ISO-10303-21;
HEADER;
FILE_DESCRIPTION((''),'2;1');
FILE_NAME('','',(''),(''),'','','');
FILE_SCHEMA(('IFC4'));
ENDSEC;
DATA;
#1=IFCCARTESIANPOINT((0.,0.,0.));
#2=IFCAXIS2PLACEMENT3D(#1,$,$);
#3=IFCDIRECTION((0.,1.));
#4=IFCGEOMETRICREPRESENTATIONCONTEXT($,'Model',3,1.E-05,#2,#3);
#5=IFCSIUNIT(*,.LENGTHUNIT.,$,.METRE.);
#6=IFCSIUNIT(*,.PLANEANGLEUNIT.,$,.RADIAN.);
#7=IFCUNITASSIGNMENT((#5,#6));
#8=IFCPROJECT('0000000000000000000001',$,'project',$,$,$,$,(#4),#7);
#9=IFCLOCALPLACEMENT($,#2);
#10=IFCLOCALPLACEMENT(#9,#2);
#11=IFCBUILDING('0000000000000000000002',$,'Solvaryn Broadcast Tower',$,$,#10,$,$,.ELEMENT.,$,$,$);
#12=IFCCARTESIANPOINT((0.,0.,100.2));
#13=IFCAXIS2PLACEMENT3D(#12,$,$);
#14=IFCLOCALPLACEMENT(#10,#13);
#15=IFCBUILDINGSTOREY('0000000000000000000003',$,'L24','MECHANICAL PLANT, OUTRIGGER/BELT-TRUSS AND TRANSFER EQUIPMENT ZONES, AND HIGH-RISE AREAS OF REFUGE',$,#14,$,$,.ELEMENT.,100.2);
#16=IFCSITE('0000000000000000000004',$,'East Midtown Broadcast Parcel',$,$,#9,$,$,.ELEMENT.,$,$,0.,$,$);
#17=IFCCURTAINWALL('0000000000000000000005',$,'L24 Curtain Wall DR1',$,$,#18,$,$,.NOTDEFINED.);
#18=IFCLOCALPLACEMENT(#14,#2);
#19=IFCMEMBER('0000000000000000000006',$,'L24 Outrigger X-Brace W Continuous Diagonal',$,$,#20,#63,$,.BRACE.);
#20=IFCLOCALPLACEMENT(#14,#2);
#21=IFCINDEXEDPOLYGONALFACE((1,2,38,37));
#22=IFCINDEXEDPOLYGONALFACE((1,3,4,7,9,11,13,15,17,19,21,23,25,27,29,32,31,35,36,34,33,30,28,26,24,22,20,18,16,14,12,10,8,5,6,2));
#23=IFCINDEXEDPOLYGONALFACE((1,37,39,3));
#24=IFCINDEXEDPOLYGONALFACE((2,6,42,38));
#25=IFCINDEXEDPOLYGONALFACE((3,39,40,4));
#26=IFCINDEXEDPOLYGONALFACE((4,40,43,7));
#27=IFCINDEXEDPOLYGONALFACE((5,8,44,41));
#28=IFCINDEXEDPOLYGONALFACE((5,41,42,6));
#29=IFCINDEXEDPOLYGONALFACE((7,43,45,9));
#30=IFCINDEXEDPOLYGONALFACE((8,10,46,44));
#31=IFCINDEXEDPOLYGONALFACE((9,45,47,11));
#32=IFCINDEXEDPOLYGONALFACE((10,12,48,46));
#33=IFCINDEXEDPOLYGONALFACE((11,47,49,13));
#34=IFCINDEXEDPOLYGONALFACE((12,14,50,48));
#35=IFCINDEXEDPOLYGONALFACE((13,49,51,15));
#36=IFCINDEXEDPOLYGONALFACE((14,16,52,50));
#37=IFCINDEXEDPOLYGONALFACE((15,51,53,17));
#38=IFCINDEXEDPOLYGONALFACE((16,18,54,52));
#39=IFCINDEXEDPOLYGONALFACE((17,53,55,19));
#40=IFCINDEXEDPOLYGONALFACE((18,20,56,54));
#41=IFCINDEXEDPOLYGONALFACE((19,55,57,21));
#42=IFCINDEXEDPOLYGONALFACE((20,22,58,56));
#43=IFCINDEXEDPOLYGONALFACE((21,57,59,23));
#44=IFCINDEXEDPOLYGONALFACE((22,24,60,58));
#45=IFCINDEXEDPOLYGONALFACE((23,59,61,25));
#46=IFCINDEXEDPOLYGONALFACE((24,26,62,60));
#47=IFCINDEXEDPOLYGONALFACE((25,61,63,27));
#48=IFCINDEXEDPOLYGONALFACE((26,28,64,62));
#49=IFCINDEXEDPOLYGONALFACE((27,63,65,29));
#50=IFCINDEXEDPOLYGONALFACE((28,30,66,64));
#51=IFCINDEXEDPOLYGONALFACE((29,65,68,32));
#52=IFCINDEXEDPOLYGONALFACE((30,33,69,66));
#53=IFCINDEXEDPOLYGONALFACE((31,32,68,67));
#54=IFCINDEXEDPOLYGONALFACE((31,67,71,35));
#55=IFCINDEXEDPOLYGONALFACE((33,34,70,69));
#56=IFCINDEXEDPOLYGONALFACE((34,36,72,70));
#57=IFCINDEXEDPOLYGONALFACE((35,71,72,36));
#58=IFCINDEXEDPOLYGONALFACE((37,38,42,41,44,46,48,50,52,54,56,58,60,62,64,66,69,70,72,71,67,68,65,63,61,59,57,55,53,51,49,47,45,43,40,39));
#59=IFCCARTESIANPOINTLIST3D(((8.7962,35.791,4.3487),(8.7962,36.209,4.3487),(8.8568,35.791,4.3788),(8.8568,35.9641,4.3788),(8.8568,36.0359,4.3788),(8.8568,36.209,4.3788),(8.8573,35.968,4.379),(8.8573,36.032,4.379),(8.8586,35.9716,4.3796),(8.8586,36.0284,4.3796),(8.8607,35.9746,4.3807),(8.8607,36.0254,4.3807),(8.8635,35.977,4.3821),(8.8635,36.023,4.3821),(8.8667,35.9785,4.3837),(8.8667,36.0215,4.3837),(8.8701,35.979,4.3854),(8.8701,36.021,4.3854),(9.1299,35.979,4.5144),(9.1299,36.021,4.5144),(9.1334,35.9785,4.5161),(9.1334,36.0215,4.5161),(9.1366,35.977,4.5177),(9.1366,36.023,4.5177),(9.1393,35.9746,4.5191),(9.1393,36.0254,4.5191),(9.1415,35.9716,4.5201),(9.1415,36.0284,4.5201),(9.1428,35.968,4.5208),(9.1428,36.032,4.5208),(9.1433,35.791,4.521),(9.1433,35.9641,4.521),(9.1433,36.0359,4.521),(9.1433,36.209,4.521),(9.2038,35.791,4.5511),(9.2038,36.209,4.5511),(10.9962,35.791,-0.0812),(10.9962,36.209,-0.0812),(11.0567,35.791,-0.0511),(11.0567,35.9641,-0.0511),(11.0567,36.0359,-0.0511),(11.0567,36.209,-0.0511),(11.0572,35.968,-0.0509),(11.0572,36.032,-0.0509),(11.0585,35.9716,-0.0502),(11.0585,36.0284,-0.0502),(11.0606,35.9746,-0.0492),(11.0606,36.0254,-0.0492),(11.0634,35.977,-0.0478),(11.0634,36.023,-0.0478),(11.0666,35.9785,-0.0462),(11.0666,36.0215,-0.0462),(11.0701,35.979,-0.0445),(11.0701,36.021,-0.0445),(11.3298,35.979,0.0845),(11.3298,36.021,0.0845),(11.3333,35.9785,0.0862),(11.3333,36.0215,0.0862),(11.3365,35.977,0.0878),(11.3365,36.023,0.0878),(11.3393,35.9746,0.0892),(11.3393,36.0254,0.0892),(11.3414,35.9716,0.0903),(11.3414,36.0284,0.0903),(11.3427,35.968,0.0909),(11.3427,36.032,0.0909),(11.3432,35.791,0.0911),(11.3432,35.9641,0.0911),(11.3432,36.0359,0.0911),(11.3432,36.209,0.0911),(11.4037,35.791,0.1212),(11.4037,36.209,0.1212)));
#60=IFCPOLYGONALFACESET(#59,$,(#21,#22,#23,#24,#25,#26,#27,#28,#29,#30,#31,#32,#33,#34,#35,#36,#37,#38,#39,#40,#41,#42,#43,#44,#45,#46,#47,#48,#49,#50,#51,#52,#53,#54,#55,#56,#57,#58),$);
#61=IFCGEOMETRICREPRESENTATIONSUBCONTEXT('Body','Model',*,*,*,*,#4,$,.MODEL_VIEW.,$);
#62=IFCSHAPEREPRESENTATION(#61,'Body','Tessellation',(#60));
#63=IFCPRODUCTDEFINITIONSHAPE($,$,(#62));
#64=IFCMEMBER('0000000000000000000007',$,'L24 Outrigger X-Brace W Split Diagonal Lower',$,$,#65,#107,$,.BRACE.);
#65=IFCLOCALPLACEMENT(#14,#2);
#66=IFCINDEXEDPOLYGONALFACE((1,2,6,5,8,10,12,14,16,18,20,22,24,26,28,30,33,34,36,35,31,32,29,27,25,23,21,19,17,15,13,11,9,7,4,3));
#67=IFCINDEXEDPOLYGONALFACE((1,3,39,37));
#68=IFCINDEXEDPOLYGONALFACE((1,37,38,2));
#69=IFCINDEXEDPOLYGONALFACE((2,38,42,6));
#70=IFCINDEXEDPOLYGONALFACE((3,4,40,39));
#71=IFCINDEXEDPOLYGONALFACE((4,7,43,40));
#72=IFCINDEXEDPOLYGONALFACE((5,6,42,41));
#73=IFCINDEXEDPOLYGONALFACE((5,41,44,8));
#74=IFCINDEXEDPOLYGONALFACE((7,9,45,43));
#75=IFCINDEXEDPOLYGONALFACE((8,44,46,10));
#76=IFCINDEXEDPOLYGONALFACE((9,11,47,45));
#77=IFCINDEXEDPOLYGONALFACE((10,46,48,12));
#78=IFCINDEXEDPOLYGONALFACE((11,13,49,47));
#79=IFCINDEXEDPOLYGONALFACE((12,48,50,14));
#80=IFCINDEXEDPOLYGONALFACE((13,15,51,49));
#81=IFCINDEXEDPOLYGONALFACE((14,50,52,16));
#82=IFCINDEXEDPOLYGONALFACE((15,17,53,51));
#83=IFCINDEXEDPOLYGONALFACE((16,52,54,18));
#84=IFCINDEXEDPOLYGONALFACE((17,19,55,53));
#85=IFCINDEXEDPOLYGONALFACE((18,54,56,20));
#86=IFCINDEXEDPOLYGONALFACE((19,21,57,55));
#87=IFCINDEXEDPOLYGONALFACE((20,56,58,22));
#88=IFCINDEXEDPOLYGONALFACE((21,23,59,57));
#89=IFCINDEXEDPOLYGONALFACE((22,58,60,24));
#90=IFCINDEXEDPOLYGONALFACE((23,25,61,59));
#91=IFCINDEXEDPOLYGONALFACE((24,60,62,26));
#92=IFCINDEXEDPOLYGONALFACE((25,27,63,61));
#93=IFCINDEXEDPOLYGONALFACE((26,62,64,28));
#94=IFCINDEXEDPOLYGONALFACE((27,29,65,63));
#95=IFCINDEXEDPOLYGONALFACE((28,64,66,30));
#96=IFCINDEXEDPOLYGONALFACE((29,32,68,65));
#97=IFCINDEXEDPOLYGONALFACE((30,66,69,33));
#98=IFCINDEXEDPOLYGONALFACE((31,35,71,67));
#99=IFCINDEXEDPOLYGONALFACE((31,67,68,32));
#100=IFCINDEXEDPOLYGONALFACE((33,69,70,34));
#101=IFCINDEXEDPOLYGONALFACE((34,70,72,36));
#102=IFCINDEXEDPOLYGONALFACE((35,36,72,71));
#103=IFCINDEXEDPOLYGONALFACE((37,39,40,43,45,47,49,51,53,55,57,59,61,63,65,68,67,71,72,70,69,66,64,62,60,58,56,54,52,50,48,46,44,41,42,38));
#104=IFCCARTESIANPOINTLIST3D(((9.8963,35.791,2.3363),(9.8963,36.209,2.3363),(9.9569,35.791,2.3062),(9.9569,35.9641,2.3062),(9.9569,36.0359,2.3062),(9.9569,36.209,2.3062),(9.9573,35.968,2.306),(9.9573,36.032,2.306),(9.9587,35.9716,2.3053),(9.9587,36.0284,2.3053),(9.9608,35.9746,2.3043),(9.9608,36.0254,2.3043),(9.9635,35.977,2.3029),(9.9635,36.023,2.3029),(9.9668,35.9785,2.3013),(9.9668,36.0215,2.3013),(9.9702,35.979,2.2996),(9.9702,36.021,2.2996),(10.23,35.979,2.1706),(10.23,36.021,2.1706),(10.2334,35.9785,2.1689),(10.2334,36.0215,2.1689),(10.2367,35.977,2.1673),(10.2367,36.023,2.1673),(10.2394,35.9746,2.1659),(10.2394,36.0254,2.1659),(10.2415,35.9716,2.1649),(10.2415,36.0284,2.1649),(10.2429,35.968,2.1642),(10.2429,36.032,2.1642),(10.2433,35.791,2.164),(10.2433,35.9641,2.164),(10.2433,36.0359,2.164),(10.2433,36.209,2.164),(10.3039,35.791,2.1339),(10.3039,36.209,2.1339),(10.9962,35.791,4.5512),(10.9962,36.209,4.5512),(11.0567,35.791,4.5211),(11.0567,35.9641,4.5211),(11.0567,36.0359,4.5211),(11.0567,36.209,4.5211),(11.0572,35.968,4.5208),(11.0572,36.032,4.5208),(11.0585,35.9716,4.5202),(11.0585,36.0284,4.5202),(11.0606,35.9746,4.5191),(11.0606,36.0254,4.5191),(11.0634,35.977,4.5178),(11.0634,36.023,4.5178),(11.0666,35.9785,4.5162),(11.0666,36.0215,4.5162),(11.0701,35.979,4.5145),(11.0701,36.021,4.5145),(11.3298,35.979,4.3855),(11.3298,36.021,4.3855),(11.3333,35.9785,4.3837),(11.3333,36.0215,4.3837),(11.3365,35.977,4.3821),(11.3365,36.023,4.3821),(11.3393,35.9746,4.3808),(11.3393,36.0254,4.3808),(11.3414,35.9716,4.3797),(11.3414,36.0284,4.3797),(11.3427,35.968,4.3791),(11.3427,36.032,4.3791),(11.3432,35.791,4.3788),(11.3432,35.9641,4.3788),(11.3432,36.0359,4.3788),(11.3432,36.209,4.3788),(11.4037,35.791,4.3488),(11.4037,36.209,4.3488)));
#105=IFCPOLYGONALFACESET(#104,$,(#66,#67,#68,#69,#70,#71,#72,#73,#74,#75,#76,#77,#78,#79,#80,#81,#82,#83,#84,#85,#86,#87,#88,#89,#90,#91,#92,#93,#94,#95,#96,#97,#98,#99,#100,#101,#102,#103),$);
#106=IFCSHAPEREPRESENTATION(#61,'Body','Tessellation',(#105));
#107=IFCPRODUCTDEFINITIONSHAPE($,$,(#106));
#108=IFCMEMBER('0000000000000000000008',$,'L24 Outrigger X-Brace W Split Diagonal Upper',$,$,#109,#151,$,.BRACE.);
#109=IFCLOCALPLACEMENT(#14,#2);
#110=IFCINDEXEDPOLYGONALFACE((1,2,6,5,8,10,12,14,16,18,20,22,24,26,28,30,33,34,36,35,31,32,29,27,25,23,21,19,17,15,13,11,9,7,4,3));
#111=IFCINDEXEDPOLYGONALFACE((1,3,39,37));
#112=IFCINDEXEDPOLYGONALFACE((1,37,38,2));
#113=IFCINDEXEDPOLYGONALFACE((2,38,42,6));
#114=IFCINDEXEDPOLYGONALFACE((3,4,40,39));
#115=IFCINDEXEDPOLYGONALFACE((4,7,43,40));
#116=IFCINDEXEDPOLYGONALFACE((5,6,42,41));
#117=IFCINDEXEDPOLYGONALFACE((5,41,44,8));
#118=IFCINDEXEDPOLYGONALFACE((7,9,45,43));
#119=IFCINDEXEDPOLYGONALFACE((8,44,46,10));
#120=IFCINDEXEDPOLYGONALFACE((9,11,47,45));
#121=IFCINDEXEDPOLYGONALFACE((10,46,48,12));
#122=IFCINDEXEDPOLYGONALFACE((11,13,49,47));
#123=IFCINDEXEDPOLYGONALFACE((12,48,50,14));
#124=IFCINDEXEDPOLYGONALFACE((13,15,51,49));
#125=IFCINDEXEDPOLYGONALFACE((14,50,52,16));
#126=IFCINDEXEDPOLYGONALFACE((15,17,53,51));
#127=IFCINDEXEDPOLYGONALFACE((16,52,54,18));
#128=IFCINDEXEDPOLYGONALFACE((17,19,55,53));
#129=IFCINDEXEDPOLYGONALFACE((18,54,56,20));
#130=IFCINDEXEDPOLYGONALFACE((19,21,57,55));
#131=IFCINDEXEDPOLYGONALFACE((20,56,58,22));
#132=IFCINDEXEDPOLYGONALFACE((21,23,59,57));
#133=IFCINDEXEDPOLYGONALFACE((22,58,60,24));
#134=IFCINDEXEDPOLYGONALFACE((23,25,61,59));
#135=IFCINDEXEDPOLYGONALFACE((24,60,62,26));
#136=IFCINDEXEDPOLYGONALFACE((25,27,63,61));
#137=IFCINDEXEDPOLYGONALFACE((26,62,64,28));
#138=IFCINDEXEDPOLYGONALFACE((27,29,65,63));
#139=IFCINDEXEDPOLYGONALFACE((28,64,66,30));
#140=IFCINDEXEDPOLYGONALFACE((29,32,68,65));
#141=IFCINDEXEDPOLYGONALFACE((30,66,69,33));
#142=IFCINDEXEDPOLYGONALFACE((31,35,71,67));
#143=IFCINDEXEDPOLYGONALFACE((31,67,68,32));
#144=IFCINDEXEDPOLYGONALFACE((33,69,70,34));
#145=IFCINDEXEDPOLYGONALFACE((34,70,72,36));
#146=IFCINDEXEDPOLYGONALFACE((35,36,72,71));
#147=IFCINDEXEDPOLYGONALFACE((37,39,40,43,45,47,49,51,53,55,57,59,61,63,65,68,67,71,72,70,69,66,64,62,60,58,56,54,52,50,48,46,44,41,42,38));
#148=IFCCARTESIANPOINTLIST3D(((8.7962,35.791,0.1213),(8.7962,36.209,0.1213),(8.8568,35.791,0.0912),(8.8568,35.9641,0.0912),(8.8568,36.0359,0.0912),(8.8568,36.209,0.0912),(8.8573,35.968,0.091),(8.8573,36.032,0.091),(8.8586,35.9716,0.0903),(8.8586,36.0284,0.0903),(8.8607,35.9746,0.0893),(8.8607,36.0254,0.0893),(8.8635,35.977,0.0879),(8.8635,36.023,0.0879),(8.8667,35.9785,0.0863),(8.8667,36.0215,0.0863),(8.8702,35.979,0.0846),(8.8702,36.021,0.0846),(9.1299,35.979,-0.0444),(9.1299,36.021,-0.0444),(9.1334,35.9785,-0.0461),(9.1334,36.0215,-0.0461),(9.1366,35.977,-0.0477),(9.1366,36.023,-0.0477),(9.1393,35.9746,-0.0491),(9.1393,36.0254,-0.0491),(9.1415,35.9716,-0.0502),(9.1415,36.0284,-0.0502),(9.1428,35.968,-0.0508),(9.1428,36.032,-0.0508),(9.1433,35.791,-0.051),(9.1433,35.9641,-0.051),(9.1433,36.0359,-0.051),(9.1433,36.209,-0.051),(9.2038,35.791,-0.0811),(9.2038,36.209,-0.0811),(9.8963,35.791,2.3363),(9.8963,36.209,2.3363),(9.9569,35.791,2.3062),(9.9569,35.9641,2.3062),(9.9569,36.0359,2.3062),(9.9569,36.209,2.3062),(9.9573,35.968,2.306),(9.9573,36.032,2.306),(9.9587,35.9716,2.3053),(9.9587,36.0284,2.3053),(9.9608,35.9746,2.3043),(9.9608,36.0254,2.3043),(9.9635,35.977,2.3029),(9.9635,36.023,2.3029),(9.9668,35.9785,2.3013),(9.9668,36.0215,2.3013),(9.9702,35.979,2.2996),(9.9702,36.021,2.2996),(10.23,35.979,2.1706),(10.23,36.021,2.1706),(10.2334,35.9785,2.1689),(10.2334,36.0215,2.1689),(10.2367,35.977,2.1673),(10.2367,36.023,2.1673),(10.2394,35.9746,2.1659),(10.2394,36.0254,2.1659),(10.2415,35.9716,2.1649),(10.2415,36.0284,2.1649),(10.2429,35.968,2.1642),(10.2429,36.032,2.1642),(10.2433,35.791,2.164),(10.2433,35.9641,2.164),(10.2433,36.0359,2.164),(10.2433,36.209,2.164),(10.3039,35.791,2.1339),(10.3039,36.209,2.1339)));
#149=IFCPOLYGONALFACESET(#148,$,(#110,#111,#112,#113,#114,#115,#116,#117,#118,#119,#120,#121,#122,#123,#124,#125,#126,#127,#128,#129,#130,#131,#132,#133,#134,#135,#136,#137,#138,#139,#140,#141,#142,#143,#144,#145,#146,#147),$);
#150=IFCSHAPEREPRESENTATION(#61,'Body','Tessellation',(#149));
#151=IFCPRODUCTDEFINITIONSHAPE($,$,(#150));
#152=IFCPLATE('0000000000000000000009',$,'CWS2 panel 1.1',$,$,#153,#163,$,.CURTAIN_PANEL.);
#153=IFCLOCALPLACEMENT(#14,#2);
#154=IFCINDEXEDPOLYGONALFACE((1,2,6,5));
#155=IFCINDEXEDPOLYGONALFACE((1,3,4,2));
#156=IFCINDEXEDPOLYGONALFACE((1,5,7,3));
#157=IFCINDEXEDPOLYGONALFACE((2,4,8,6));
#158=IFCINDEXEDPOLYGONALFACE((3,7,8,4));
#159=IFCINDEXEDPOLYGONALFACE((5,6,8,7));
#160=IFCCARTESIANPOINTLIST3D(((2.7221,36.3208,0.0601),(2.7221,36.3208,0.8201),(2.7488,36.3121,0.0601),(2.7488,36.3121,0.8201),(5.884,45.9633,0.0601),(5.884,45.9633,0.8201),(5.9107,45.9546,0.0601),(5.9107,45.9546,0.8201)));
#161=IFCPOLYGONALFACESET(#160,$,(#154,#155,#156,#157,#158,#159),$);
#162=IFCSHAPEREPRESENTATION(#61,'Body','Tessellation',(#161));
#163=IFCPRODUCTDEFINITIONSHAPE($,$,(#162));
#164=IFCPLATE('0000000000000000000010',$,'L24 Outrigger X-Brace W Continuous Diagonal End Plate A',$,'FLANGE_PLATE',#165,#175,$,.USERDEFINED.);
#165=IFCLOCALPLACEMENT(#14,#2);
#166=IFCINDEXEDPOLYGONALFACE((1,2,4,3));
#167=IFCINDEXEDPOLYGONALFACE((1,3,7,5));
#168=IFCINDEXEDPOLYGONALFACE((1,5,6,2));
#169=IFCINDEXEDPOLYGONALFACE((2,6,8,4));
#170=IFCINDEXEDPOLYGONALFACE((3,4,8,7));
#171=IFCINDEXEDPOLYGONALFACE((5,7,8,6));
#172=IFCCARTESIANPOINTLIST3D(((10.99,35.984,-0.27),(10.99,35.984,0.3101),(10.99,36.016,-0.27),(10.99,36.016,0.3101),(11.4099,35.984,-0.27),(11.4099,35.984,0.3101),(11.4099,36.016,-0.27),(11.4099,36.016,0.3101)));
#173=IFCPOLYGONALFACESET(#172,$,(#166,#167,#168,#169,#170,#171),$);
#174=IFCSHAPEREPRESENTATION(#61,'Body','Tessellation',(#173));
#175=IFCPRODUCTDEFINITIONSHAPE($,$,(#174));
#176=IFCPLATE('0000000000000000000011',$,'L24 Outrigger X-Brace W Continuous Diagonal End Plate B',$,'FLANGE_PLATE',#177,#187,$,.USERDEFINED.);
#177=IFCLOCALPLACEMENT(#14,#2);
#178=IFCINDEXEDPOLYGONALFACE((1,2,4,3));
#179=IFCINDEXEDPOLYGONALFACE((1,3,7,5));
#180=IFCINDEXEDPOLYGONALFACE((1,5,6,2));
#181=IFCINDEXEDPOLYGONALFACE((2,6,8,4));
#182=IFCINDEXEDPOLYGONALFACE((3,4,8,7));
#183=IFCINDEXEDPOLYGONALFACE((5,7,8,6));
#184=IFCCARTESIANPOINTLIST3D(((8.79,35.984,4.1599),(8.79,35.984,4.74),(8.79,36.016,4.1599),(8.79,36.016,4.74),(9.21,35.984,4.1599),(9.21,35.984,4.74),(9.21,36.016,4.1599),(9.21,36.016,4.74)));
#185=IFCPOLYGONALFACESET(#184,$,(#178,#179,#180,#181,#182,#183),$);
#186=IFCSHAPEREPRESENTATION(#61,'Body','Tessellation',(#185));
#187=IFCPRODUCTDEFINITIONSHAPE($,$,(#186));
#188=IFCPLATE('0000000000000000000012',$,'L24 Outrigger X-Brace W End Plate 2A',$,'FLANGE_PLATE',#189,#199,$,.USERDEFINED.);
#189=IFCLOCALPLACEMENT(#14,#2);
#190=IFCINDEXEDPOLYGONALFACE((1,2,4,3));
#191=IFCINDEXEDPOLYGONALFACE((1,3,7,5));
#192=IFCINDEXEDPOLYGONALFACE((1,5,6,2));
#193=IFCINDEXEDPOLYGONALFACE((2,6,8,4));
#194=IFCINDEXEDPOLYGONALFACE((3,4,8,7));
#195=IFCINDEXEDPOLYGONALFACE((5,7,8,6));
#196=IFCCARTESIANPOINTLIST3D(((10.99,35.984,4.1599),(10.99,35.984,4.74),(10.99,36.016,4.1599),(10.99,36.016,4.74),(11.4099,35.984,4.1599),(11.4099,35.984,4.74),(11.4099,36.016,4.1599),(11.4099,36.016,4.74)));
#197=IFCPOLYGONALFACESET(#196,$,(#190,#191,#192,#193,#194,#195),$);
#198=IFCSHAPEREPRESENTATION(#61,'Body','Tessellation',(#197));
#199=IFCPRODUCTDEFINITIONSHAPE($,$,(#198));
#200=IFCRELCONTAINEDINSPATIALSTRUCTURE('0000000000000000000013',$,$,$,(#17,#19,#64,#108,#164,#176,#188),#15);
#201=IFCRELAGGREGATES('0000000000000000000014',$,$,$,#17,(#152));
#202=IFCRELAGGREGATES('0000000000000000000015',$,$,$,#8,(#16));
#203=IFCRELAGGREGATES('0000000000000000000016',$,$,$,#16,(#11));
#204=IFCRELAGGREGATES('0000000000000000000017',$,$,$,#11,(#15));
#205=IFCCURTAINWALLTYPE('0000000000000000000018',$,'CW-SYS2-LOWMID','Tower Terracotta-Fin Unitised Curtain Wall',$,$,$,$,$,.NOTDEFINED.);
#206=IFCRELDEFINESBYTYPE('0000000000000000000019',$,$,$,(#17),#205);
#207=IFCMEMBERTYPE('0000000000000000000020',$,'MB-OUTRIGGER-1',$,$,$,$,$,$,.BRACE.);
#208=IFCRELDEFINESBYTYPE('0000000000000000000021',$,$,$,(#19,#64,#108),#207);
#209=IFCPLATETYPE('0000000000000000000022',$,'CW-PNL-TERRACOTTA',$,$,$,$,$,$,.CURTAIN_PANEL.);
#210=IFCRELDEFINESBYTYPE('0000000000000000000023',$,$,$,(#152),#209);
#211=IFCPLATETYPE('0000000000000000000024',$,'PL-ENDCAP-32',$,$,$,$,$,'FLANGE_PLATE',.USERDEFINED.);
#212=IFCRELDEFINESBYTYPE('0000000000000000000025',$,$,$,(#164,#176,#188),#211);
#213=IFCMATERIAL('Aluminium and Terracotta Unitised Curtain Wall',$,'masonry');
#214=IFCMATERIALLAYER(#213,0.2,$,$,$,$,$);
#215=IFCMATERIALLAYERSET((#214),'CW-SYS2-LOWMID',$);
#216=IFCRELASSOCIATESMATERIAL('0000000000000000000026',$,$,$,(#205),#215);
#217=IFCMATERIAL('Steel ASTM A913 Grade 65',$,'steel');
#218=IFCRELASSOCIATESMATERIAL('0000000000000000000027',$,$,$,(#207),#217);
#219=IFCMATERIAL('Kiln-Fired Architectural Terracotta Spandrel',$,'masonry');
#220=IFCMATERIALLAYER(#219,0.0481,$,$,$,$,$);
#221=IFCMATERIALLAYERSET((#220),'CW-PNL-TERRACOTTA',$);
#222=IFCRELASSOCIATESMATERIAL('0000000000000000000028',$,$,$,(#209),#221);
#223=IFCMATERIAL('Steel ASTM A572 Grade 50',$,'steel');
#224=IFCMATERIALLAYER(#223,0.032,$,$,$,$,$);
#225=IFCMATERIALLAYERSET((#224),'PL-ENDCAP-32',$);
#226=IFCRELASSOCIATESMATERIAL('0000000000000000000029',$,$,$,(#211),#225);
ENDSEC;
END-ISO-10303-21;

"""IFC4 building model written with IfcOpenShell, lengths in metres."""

from ifc_helpers import new_model, si_unit, direction, frame, origin, origin_2d, place, context, subcontext, project, spatial, rectangle, i_section, extrude, material, layer, layer_set, material_profile, profile_set, type_object, element, aggregate, save


model = new_model("IFC4")

# Units and contexts
model_context = context("Model", 3, precision=1e-05, world=origin(), true_north=direction((0.0, 1.0)))
body_context = subcontext(model_context, "Body", "Model", "MODEL_VIEW")
ifc_project = project(units=[si_unit("LENGTHUNIT", "METRE"), si_unit("PLANEANGLEUNIT", "RADIAN")], contexts=[model_context])

# Site, building, storey
site_placement = place(None, origin())
site = spatial("IfcSite", under=ifc_project, at=site_placement, Name="East Midtown Broadcast Parcel", CompositionType="ELEMENT", RefElevation=0.0)
building_placement = place(site_placement, origin())
building = spatial("IfcBuilding", under=site, at=building_placement, Name="Solvaryn Broadcast Tower", CompositionType="ELEMENT")
storey_placement = place(building_placement, frame((0.0, 0.0, 100.2)))
storey = spatial("IfcBuildingStorey", under=building, at=storey_placement, Name="L24", Description="MECHANICAL PLANT, OUTRIGGER/BELT-TRUSS AND TRANSFER EQUIPMENT ZONES, AND HIGH-RISE AREAS OF REFUGE", CompositionType="ELEMENT", Elevation=100.2)

# Curtain wall
ifc_material_1 = material(Name="Aluminium and Terracotta Unitised Curtain Wall", Category="masonry")
ifc_layer_1 = layer(ifc_material_1, 0.2)
ifc_layer_set_1 = layer_set([ifc_layer_1], Name="CW-SYS2-LOWMID")
curtain_wall_type = type_object("IfcCurtainWallType", Name="CW-SYS2-LOWMID", Description="Tower Terracotta-Fin Unitised Curtain Wall", PredefinedType="NOTDEFINED", material=ifc_layer_set_1)
curtain_wall_placement = place(storey_placement, origin())
curtain_wall = element("IfcCurtainWall", 1, at=curtain_wall_placement, inside=storey, type_object=curtain_wall_type, Name="L24 Curtain Wall DR1", PredefinedType="NOTDEFINED")

# Members
ifc_material_2 = material(Name="Steel ASTM A913 Grade 65", Category="steel")
ifc_material_profile_1 = material_profile(ifc_material_2, i_section(OverallWidth=0.418, OverallDepth=0.4551, WebThickness=0.042, FlangeThickness=0.0676, FilletRadius=0.0149, at=origin_2d()))
ifc_profile_set_1 = profile_set([ifc_material_profile_1], Name="Steel ASTM A913 Grade 65")
member_type_1 = type_object("IfcMemberType", Name="MB-OUTRIGGER-1", PredefinedType="BRACE", material=ifc_profile_set_1)
member_1_placement = place(storey_placement, frame((11.2, 36.0, 0.02), z_axis=(-0.444783, 0.0, 0.895638), x_axis=(0.0, -1.0, 0.0)))
element("IfcMember", 2, at=member_1_placement, inside=storey, type_object=member_type_1, Name="L24 Outrigger X-Brace W Continuous Diagonal", PredefinedType="BRACE", context=body_context, shape_type="SweptSolid", body=[
    extrude(i_section(OverallWidth=0.418, OverallDepth=0.4551, WebThickness=0.042, FlangeThickness=0.0676, FilletRadius=0.0149, at=origin_2d()), origin(), (0.0, 0.0, 1.0), 4.946),
])
member_2_placement = place(storey_placement, frame((11.2, 36.0, 4.45), z_axis=(-0.444763, 0.0, -0.895648), x_axis=(0.0, -1.0, 0.0)))
element("IfcMember", 3, at=member_2_placement, inside=storey, type_object=member_type_1, Name="L24 Outrigger X-Brace W Split Diagonal Lower", PredefinedType="BRACE", context=body_context, shape_type="SweptSolid", body=[
    extrude(i_section(OverallWidth=0.418, OverallDepth=0.4551, WebThickness=0.042, FlangeThickness=0.0676, FilletRadius=0.0149, at=origin_2d()), origin(), (0.0, 0.0, 1.0), 2.4729),
])
member_3_placement = place(storey_placement, frame((10.1001, 36.0, 2.2351), z_axis=(-0.444803, 0.0, -0.895628), x_axis=(0.0, -1.0, 0.0)))
element("IfcMember", 4, at=member_3_placement, inside=storey, type_object=member_type_1, Name="L24 Outrigger X-Brace W Split Diagonal Upper", PredefinedType="BRACE", context=body_context, shape_type="SweptSolid", body=[
    extrude(i_section(OverallWidth=0.418, OverallDepth=0.4551, WebThickness=0.042, FlangeThickness=0.0676, FilletRadius=0.0149, at=origin_2d()), origin(), (0.0, 0.0, 1.0), 2.4731),
])

# Plate
ifc_material_3 = material(Name="Kiln-Fired Architectural Terracotta Spandrel", Category="masonry")
ifc_layer_2 = layer(ifc_material_3, 0.0481)
ifc_layer_set_2 = layer_set([ifc_layer_2], Name="CW-PNL-TERRACOTTA")
plate_type_1 = type_object("IfcPlateType", Name="CW-PNL-TERRACOTTA", PredefinedType="CURTAIN_PANEL", material=ifc_layer_set_2)
plate_1_placement = place(storey_placement, frame((4.3164, 41.1377, 0.0601), z_axis=(0.0, 0.0, 1.0), x_axis=(-0.311594, -0.950215, 0.0)))
plate_1 = element("IfcPlate", 5, at=plate_1_placement, type_object=plate_type_1, Name="CWS2 panel 1.1", PredefinedType="CURTAIN_PANEL", context=body_context, shape_type="SweptSolid", body=[
    extrude(rectangle(XDim=10.1477, YDim=0.0281, at=origin_2d()), origin(), (0.0, 0.0, 1.0), 0.76),
])
aggregate(curtain_wall, [plate_1])

# Plates
ifc_material_4 = material(Name="Steel ASTM A572 Grade 50", Category="steel")
ifc_layer_3 = layer(ifc_material_4, 0.032)
ifc_layer_set_3 = layer_set([ifc_layer_3], Name="PL-ENDCAP-32")
plate_type_2 = type_object("IfcPlateType", Name="PL-ENDCAP-32", ElementType="FLANGE_PLATE", PredefinedType="USERDEFINED", material=ifc_layer_set_3)
for number, where, z_axis, x_axis, name in (
    (6, (11.2, 36.0, -0.27), (0.0, 0.0, 1.0), (1.0, 0.0, 0.0), "L24 Outrigger X-Brace W Continuous Diagonal End Plate A"),
    (7, (9.0, 36.0, 4.1599), (0.0, 0.0, 1.0), (1.0, 0.0, 0.0), "L24 Outrigger X-Brace W Continuous Diagonal End Plate B"),
    (8, (11.2, 36.0, 4.1599), (0.0, 0.0, 1.0), (1.0, 0.0, 0.0), "L24 Outrigger X-Brace W End Plate 2A"),
):
    element("IfcPlate", number, at=place(storey_placement, frame(where, z_axis=z_axis, x_axis=x_axis)), inside=storey, type_object=plate_type_2, Name=name, ObjectType="FLANGE_PLATE", PredefinedType="USERDEFINED", context=body_context, shape_type="SweptSolid", body=[
        extrude(rectangle(XDim=0.4199, YDim=0.032, at=origin_2d()), origin(), (0.0, 0.0, 1.0), 0.5801),
    ])

save(model, "model.ifc")
